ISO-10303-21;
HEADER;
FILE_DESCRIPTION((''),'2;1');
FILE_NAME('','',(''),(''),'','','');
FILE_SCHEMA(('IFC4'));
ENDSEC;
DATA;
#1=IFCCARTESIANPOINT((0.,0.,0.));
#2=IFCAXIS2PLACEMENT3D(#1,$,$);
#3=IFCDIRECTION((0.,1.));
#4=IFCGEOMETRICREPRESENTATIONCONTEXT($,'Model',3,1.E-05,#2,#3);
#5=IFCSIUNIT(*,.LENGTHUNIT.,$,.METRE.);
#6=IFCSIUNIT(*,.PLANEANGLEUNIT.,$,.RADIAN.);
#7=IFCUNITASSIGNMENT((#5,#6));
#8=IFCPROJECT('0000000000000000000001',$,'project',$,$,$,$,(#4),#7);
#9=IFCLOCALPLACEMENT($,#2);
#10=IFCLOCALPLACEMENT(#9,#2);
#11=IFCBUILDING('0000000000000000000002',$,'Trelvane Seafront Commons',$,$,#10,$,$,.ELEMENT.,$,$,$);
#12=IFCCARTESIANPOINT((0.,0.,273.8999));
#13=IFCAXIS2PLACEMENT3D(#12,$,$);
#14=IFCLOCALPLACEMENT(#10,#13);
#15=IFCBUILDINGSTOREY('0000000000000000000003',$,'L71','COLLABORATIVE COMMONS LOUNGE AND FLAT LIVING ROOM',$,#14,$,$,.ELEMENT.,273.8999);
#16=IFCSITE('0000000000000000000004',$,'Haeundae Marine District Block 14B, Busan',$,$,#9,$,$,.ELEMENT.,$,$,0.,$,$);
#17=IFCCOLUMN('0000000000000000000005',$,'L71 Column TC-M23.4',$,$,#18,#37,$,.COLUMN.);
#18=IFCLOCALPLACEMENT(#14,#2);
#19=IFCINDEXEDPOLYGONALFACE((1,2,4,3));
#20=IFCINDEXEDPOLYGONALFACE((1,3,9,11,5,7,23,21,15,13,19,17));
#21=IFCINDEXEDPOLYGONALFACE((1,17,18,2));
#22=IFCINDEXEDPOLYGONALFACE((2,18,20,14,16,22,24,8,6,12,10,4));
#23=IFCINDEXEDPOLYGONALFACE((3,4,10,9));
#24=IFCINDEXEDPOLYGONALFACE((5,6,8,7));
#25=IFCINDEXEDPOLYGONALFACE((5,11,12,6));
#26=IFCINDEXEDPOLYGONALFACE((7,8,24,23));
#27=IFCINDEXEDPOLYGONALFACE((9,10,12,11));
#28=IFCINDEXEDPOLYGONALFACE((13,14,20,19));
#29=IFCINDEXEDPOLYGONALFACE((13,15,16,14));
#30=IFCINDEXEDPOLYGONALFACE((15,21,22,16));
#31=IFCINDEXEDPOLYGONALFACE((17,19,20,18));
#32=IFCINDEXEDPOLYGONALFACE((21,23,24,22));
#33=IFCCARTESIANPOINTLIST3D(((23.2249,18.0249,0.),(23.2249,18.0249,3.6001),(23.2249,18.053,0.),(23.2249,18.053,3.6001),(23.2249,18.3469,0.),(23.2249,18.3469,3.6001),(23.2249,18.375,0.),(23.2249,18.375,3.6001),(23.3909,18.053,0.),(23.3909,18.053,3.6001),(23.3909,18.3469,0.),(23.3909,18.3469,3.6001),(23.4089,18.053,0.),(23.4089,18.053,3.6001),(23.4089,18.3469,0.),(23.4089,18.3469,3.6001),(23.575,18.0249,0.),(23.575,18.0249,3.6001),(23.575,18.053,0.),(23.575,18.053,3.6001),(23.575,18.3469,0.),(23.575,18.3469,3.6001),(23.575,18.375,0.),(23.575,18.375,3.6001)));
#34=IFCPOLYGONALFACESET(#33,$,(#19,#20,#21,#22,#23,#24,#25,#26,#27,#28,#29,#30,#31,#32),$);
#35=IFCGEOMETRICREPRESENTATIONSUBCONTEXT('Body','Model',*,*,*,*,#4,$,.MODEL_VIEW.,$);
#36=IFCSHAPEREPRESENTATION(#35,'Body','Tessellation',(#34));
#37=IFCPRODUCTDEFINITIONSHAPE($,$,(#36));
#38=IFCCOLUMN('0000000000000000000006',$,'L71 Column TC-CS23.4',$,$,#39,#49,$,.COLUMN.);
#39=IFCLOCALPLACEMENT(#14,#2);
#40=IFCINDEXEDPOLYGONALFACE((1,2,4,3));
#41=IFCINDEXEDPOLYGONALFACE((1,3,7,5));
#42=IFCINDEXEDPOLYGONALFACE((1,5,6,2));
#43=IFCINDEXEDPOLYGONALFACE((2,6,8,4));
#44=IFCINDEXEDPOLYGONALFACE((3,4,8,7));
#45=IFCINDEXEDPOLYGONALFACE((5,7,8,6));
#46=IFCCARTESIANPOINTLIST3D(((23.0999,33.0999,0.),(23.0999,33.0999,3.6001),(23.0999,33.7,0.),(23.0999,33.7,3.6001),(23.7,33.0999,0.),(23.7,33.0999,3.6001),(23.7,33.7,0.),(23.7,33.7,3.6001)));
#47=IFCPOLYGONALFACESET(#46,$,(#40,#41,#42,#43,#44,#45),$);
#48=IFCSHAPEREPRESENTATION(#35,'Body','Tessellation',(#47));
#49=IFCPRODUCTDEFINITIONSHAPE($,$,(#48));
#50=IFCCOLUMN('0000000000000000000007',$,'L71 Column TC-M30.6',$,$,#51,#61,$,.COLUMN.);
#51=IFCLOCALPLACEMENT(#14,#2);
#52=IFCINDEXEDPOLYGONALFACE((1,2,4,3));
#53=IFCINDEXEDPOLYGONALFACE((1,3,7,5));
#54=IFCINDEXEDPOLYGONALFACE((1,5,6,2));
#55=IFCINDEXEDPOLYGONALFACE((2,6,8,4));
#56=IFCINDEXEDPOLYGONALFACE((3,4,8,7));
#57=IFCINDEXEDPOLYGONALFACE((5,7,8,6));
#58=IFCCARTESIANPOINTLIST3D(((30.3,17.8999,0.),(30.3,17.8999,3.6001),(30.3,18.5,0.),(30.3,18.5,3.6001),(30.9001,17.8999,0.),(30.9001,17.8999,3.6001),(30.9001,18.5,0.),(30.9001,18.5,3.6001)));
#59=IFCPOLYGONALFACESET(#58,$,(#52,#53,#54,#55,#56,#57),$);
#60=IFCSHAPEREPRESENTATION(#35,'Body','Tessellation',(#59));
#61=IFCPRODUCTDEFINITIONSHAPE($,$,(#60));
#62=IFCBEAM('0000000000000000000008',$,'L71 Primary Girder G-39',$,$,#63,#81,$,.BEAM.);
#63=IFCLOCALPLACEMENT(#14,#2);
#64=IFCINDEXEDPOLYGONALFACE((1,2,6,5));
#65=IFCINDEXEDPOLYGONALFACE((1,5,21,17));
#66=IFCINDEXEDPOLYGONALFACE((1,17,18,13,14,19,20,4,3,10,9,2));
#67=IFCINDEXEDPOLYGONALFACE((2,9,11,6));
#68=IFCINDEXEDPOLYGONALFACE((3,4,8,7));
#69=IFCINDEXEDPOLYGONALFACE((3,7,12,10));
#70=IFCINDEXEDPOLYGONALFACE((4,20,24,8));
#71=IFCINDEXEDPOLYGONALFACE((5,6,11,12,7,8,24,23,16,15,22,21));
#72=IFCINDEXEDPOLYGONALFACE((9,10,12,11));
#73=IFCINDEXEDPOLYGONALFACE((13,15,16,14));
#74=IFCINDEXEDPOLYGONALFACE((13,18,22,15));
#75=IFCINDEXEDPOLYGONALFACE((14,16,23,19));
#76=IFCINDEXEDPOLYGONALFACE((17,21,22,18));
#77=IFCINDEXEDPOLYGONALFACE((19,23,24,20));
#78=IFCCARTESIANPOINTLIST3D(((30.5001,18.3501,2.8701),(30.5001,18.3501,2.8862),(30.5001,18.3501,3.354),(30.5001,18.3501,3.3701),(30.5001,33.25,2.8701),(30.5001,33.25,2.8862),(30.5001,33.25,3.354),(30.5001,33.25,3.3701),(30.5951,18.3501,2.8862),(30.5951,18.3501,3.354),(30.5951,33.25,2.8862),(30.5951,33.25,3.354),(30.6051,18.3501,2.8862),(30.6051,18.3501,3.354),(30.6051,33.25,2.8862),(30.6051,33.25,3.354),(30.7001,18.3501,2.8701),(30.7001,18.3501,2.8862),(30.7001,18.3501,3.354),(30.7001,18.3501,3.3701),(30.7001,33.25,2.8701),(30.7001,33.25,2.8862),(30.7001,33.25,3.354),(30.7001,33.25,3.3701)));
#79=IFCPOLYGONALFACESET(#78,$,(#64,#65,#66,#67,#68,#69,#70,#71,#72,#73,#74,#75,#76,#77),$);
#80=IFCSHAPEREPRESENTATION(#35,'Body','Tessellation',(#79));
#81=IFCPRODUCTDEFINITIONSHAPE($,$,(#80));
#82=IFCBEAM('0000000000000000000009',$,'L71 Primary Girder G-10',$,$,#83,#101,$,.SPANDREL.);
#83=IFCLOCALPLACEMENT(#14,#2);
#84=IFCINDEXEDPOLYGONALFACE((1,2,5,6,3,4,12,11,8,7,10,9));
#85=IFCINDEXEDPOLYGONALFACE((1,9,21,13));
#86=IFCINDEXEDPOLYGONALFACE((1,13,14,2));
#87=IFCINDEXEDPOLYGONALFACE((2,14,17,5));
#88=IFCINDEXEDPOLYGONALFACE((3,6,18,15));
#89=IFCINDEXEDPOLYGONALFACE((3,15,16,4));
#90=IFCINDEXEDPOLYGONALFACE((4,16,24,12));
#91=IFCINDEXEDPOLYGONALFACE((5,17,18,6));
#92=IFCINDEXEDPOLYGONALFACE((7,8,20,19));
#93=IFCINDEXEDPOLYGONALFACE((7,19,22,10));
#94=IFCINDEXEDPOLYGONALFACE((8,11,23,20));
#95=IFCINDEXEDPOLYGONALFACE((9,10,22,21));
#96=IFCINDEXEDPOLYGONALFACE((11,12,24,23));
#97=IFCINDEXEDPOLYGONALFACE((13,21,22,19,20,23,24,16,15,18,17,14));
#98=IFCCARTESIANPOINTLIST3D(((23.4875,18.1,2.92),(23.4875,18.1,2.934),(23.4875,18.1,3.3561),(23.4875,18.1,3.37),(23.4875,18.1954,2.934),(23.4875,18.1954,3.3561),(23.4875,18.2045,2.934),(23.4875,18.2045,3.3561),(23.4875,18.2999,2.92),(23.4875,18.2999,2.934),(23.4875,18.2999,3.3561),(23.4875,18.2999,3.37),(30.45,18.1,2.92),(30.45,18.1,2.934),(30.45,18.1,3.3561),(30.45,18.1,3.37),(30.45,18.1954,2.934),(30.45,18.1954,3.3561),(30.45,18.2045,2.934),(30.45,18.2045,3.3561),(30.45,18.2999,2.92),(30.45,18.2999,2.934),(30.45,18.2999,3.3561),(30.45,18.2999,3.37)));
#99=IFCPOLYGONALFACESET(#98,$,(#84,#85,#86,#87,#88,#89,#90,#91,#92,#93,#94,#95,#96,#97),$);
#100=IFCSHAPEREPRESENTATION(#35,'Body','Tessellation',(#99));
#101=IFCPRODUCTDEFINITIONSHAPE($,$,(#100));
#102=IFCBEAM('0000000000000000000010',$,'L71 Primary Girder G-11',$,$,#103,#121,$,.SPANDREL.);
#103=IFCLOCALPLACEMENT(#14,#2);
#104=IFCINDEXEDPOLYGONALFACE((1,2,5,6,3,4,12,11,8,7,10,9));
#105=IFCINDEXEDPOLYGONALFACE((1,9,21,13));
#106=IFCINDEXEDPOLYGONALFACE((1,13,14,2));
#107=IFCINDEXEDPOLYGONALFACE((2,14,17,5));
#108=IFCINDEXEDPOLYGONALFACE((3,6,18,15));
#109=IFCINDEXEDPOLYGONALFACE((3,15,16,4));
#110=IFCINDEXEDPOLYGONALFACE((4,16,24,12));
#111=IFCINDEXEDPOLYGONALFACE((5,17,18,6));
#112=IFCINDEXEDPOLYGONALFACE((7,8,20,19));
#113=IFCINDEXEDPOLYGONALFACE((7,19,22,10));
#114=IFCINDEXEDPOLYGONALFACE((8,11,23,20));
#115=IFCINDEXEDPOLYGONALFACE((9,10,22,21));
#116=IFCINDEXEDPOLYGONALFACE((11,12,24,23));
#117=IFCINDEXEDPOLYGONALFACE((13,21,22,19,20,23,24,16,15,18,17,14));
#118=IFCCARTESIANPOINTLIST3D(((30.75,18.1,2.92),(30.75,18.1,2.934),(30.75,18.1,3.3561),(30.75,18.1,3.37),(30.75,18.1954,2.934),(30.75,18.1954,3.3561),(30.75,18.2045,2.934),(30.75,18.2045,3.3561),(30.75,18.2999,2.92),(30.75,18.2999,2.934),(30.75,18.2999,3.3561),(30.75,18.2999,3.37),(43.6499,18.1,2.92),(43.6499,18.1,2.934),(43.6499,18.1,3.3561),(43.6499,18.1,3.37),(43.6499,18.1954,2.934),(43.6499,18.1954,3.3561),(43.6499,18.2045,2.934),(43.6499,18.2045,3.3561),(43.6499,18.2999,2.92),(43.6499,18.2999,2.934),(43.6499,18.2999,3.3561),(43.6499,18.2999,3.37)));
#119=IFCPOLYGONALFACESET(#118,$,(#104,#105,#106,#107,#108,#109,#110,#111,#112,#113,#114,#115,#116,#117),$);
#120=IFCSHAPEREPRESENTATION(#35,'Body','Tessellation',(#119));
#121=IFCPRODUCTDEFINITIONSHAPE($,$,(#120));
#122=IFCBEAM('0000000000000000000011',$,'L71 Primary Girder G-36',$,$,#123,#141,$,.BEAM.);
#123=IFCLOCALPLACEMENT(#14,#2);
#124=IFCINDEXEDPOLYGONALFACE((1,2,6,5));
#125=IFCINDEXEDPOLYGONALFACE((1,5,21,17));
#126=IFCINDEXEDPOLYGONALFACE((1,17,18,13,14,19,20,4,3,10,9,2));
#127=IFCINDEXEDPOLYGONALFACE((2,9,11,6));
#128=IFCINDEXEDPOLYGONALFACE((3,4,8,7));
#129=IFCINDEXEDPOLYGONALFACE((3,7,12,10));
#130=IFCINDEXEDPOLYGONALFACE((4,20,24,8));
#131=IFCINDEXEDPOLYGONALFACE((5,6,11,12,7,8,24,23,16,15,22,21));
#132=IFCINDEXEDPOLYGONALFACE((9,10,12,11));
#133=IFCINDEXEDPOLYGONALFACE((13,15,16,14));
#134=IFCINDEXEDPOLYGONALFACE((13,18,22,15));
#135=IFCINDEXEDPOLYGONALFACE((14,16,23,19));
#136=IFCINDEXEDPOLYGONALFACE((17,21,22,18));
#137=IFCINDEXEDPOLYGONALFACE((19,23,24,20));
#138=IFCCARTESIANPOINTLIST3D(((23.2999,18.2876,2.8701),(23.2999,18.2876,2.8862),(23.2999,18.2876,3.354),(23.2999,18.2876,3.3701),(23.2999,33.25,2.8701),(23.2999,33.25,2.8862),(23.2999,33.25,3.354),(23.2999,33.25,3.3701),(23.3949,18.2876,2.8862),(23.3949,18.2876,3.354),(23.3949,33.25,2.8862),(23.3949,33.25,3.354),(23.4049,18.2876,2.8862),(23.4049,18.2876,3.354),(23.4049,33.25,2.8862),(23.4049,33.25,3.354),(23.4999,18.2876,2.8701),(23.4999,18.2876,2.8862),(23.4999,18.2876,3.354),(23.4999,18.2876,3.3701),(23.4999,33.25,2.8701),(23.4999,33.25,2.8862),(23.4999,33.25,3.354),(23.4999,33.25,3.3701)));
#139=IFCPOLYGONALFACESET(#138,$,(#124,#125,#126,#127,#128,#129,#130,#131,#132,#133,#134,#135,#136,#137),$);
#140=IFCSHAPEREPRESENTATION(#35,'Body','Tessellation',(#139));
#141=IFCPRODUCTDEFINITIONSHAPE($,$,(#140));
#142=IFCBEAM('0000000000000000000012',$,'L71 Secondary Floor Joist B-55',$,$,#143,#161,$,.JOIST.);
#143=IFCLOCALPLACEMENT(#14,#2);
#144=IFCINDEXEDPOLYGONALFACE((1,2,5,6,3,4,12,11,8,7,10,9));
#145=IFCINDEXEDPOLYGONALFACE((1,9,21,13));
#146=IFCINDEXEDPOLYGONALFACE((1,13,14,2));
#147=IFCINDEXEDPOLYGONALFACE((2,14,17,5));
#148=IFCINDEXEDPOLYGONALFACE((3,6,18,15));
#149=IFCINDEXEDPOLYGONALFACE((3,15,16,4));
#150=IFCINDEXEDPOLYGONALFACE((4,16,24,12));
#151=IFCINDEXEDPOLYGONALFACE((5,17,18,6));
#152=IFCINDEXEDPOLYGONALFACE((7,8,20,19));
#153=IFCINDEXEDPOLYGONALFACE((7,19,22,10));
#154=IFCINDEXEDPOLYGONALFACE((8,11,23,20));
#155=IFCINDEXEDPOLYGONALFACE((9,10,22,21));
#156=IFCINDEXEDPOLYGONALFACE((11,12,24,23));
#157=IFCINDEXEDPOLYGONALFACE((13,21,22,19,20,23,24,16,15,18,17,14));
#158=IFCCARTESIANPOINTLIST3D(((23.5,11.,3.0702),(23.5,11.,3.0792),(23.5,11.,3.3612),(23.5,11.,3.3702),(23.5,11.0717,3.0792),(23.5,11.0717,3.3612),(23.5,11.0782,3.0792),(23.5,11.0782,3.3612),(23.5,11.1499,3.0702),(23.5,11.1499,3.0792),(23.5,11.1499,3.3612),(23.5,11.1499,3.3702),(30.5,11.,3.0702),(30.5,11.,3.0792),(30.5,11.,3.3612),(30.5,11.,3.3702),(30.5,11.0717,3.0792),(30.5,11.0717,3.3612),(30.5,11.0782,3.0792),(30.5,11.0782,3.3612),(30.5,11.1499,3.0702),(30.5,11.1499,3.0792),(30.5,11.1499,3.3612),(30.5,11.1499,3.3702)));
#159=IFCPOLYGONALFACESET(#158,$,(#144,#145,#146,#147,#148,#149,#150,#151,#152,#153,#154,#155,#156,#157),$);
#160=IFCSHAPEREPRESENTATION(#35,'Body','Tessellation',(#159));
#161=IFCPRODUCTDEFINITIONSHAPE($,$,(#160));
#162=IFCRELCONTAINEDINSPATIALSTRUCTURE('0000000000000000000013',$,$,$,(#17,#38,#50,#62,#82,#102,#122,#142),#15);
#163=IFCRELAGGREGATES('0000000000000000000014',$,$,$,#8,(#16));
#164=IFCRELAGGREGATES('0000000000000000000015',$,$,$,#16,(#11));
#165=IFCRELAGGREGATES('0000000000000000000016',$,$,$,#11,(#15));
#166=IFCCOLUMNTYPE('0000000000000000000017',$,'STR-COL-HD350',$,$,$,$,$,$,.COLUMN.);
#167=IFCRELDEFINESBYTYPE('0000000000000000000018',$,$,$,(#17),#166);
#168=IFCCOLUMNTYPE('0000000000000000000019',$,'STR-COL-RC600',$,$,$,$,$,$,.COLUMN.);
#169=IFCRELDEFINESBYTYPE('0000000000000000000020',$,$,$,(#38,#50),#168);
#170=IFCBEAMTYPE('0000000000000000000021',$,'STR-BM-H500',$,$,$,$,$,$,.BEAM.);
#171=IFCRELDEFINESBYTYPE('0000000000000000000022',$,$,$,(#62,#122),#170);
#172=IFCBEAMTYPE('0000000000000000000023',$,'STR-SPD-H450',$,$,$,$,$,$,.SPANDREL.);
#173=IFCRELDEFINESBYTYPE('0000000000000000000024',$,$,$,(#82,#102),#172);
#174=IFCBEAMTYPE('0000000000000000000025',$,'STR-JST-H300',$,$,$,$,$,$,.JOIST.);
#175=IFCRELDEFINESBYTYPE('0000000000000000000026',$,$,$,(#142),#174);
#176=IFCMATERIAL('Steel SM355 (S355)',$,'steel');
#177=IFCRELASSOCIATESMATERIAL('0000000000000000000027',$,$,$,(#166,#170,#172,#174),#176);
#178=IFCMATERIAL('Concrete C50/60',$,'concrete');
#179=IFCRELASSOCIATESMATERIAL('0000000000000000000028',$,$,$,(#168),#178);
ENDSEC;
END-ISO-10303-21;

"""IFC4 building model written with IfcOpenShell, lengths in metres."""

from ifc_helpers import new_model, si_unit, direction, frame, origin, origin_2d, place, context, subcontext, project, spatial, rectangle, i_section, extrude, source, transform, mapped, material, material_profile, profile_set, type_object, element, save


model = new_model("IFC4")

# Units and contexts
model_context = context("Model", 3, precision=1e-05, world=origin(), true_north=direction((0.0, 1.0)))
body_context = subcontext(model_context, "Body", "Model", "MODEL_VIEW")
ifc_project = project(units=[si_unit("LENGTHUNIT", "METRE"), si_unit("PLANEANGLEUNIT", "RADIAN")], contexts=[model_context])

# Site, building, storey
site_placement = place(None, origin())
site = spatial("IfcSite", under=ifc_project, at=site_placement, Name="Haeundae Marine District Block 14B, Busan", CompositionType="ELEMENT", RefElevation=0.0)
building_placement = place(site_placement, origin())
building = spatial("IfcBuilding", under=site, at=building_placement, Name="Trelvane Seafront Commons", CompositionType="ELEMENT")
storey_placement = place(building_placement, frame((0.0, 0.0, 273.8999)))
storey = spatial("IfcBuildingStorey", under=building, at=storey_placement, Name="L71", Description="COLLABORATIVE COMMONS LOUNGE AND FLAT LIVING ROOM", CompositionType="ELEMENT", Elevation=273.8999)

# Columns
ifc_material_1 = material(Name="Steel SM355 (S355)", Category="steel")
ifc_material_profile_1 = material_profile(ifc_material_1, i_section(OverallWidth=0.3501, OverallDepth=0.3501, WebThickness=0.0181, FlangeThickness=0.0281, at=origin_2d()), Name="HD-350x350x18x28")
ifc_profile_set_1 = profile_set([ifc_material_profile_1], Name="Steel SM355 (S355)")
column_type_1 = type_object("IfcColumnType", Name="STR-COL-HD350", PredefinedType="COLUMN", material=ifc_profile_set_1)
shared_shape_1 = source(origin(), body_context, "Body", "SweptSolid", [
    extrude(i_section(OverallWidth=0.3501, OverallDepth=0.3501, WebThickness=0.0181, FlangeThickness=0.0281, at=origin_2d()), origin(), (0.0, 0.0, 1.0), 3.6001),
])
column_placement = place(storey_placement, frame((23.3999, 18.2, 0.0), z_axis=(0.0, 0.0, 1.0), x_axis=(1.0, 0.0, 0.0)))
element("IfcColumn", 1, at=column_placement, inside=storey, type_object=column_type_1, Name="L71 Column TC-M23.4", PredefinedType="COLUMN", context=body_context, shape_type="MappedRepresentation", body=[
    mapped(shared_shape_1, transform((0.0, 0.0, 0.0), x_axis=(1.0, 0.0, 0.0), y_axis=(0.0, 1.0, 0.0), z_axis=(0.0, 0.0, 1.0), scale=1.0)),
])
ifc_material_2 = material(Name="Concrete C50/60", Category="concrete")
ifc_material_profile_2 = material_profile(ifc_material_2, rectangle(XDim=0.6001, YDim=0.6001, at=origin_2d()), Name="RC-600x600")
ifc_profile_set_2 = profile_set([ifc_material_profile_2], Name="Concrete C50/60")
column_type_2 = type_object("IfcColumnType", Name="STR-COL-RC600", PredefinedType="COLUMN", material=ifc_profile_set_2)
shared_shape_2 = source(origin(), body_context, "Body", "SweptSolid", [
    extrude(rectangle(XDim=0.6001, YDim=0.6001, at=origin_2d()), origin(), (0.0, 0.0, 1.0), 3.6001),
])
for number, where, z_axis, x_axis, name in (
    (2, (23.3999, 33.3999, 0.0), (0.0, 0.0, 1.0), (1.0, 0.0, 0.0), "L71 Column TC-CS23.4"),
    (3, (30.6001, 18.2, 0.0), (0.0, 0.0, 1.0), (1.0, 0.0, 0.0), "L71 Column TC-M30.6"),
):
    element("IfcColumn", number, at=place(storey_placement, frame(where, z_axis=z_axis, x_axis=x_axis)), inside=storey, type_object=column_type_2, Name=name, PredefinedType="COLUMN", context=body_context, shape_type="MappedRepresentation", body=[
        mapped(shared_shape_2, transform((0.0, 0.0, 0.0), x_axis=(1.0, 0.0, 0.0), y_axis=(0.0, 1.0, 0.0), z_axis=(0.0, 0.0, 1.0), scale=1.0)),
    ])

# Beams
ifc_material_profile_3 = material_profile(ifc_material_1, i_section(OverallWidth=0.2, OverallDepth=0.5, WebThickness=0.01, FlangeThickness=0.0161, at=origin_2d()), Name="H-500x200x10x16")
ifc_profile_set_3 = profile_set([ifc_material_profile_3], Name="Steel SM355 (S355)")
beam_type_1 = type_object("IfcBeamType", Name="STR-BM-H500", PredefinedType="BEAM", material=ifc_profile_set_3)
shared_shape_3 = source(origin(), body_context, "Body", "SweptSolid", [
    extrude(i_section(OverallWidth=0.2, OverallDepth=0.5, WebThickness=0.01, FlangeThickness=0.0161, at=origin_2d()), origin(), (0.0, 0.0, 1.0), 14.8999),
])
beam_1_placement = place(storey_placement, frame((30.6001, 18.3501, 3.1201), z_axis=(0.0, 1.0, 0.0), x_axis=(-1.0, 0.0, 0.0)))
element("IfcBeam", 4, at=beam_1_placement, inside=storey, type_object=beam_type_1, Name="L71 Primary Girder G-39", PredefinedType="BEAM", context=body_context, shape_type="MappedRepresentation", body=[
    mapped(shared_shape_3, transform((0.0, 0.0, 0.0), x_axis=(1.0, 0.0, 0.0), y_axis=(0.0, 1.0, 0.0), z_axis=(0.0, 0.0, 1.0), scale=1.0)),
])
ifc_material_profile_4 = material_profile(ifc_material_1, i_section(OverallWidth=0.2, OverallDepth=0.45, WebThickness=0.009, FlangeThickness=0.0139, at=origin_2d()), Name="H-450x200x9x14")
ifc_profile_set_4 = profile_set([ifc_material_profile_4], Name="Steel SM355 (S355)")
beam_type_2 = type_object("IfcBeamType", Name="STR-SPD-H450", PredefinedType="SPANDREL", material=ifc_profile_set_4)
shared_shape_4 = source(origin(), body_context, "Body", "SweptSolid", [
    extrude(i_section(OverallWidth=0.2, OverallDepth=0.45, WebThickness=0.009, FlangeThickness=0.0139, at=origin_2d()), origin(), (0.0, 0.0, 1.0), 6.9624),
])
beam_2_placement = place(storey_placement, frame((23.4875, 18.2, 3.145), z_axis=(1.0, 0.0, 0.0), x_axis=(0.0, 1.0, 0.0)))
element("IfcBeam", 5, at=beam_2_placement, inside=storey, type_object=beam_type_2, Name="L71 Primary Girder G-10", PredefinedType="SPANDREL", context=body_context, shape_type="MappedRepresentation", body=[
    mapped(shared_shape_4, transform((0.0, 0.0, 0.0), x_axis=(1.0, 0.0, 0.0), y_axis=(0.0, 1.0, 0.0), z_axis=(0.0, 0.0, 1.0), scale=1.0)),
])
shared_shape_5 = source(origin(), body_context, "Body", "SweptSolid", [
    extrude(i_section(OverallWidth=0.2, OverallDepth=0.45, WebThickness=0.009, FlangeThickness=0.0139, at=origin_2d()), origin(), (0.0, 0.0, 1.0), 12.8999),
])
beam_3_placement = place(storey_placement, frame((30.75, 18.2, 3.145), z_axis=(1.0, 0.0, 0.0), x_axis=(0.0, 1.0, 0.0)))
element("IfcBeam", 6, at=beam_3_placement, inside=storey, type_object=beam_type_2, Name="L71 Primary Girder G-11", PredefinedType="SPANDREL", context=body_context, shape_type="MappedRepresentation", body=[
    mapped(shared_shape_5, transform((0.0, 0.0, 0.0), x_axis=(1.0, 0.0, 0.0), y_axis=(0.0, 1.0, 0.0), z_axis=(0.0, 0.0, 1.0), scale=1.0)),
])
shared_shape_6 = source(origin(), body_context, "Body", "SweptSolid", [
    extrude(i_section(OverallWidth=0.2, OverallDepth=0.5, WebThickness=0.01, FlangeThickness=0.0161, at=origin_2d()), origin(), (0.0, 0.0, 1.0), 14.9624),
])
beam_4_placement = place(storey_placement, frame((23.3999, 18.2876, 3.1201), z_axis=(0.0, 1.0, 0.0), x_axis=(-1.0, 0.0, 0.0)))
element("IfcBeam", 7, at=beam_4_placement, inside=storey, type_object=beam_type_1, Name="L71 Primary Girder G-36", PredefinedType="BEAM", context=body_context, shape_type="MappedRepresentation", body=[
    mapped(shared_shape_6, transform((0.0, 0.0, 0.0), x_axis=(1.0, 0.0, 0.0), y_axis=(0.0, 1.0, 0.0), z_axis=(0.0, 0.0, 1.0), scale=1.0)),
])
ifc_material_profile_5 = material_profile(ifc_material_1, i_section(OverallWidth=0.1499, OverallDepth=0.3, WebThickness=0.0066, FlangeThickness=0.009, at=origin_2d()), Name="H-300x150x6.5x9")
ifc_profile_set_5 = profile_set([ifc_material_profile_5], Name="Steel SM355 (S355)")
beam_type_3 = type_object("IfcBeamType", Name="STR-JST-H300", PredefinedType="JOIST", material=ifc_profile_set_5)
shared_shape_7 = source(origin(), body_context, "Body", "SweptSolid", [
    extrude(i_section(OverallWidth=0.1499, OverallDepth=0.3, WebThickness=0.0066, FlangeThickness=0.009, at=origin_2d()), origin(), (0.0, 0.0, 1.0), 7.0),
])
for number, where, z_axis, x_axis, name in (
    (8, (23.5, 11.075, 3.2202), (1.0, 0.0, 0.0), (0.0, 1.0, 0.0), "L71 Secondary Floor Joist B-55"),
):
    element("IfcBeam", number, at=place(storey_placement, frame(where, z_axis=z_axis, x_axis=x_axis)), inside=storey, type_object=beam_type_3, Name=name, PredefinedType="JOIST", context=body_context, shape_type="MappedRepresentation", body=[
        mapped(shared_shape_7, transform((0.0, 0.0, 0.0), x_axis=(1.0, 0.0, 0.0), y_axis=(0.0, 1.0, 0.0), z_axis=(0.0, 0.0, 1.0), scale=1.0)),
    ])

save(model, "model.ifc")
